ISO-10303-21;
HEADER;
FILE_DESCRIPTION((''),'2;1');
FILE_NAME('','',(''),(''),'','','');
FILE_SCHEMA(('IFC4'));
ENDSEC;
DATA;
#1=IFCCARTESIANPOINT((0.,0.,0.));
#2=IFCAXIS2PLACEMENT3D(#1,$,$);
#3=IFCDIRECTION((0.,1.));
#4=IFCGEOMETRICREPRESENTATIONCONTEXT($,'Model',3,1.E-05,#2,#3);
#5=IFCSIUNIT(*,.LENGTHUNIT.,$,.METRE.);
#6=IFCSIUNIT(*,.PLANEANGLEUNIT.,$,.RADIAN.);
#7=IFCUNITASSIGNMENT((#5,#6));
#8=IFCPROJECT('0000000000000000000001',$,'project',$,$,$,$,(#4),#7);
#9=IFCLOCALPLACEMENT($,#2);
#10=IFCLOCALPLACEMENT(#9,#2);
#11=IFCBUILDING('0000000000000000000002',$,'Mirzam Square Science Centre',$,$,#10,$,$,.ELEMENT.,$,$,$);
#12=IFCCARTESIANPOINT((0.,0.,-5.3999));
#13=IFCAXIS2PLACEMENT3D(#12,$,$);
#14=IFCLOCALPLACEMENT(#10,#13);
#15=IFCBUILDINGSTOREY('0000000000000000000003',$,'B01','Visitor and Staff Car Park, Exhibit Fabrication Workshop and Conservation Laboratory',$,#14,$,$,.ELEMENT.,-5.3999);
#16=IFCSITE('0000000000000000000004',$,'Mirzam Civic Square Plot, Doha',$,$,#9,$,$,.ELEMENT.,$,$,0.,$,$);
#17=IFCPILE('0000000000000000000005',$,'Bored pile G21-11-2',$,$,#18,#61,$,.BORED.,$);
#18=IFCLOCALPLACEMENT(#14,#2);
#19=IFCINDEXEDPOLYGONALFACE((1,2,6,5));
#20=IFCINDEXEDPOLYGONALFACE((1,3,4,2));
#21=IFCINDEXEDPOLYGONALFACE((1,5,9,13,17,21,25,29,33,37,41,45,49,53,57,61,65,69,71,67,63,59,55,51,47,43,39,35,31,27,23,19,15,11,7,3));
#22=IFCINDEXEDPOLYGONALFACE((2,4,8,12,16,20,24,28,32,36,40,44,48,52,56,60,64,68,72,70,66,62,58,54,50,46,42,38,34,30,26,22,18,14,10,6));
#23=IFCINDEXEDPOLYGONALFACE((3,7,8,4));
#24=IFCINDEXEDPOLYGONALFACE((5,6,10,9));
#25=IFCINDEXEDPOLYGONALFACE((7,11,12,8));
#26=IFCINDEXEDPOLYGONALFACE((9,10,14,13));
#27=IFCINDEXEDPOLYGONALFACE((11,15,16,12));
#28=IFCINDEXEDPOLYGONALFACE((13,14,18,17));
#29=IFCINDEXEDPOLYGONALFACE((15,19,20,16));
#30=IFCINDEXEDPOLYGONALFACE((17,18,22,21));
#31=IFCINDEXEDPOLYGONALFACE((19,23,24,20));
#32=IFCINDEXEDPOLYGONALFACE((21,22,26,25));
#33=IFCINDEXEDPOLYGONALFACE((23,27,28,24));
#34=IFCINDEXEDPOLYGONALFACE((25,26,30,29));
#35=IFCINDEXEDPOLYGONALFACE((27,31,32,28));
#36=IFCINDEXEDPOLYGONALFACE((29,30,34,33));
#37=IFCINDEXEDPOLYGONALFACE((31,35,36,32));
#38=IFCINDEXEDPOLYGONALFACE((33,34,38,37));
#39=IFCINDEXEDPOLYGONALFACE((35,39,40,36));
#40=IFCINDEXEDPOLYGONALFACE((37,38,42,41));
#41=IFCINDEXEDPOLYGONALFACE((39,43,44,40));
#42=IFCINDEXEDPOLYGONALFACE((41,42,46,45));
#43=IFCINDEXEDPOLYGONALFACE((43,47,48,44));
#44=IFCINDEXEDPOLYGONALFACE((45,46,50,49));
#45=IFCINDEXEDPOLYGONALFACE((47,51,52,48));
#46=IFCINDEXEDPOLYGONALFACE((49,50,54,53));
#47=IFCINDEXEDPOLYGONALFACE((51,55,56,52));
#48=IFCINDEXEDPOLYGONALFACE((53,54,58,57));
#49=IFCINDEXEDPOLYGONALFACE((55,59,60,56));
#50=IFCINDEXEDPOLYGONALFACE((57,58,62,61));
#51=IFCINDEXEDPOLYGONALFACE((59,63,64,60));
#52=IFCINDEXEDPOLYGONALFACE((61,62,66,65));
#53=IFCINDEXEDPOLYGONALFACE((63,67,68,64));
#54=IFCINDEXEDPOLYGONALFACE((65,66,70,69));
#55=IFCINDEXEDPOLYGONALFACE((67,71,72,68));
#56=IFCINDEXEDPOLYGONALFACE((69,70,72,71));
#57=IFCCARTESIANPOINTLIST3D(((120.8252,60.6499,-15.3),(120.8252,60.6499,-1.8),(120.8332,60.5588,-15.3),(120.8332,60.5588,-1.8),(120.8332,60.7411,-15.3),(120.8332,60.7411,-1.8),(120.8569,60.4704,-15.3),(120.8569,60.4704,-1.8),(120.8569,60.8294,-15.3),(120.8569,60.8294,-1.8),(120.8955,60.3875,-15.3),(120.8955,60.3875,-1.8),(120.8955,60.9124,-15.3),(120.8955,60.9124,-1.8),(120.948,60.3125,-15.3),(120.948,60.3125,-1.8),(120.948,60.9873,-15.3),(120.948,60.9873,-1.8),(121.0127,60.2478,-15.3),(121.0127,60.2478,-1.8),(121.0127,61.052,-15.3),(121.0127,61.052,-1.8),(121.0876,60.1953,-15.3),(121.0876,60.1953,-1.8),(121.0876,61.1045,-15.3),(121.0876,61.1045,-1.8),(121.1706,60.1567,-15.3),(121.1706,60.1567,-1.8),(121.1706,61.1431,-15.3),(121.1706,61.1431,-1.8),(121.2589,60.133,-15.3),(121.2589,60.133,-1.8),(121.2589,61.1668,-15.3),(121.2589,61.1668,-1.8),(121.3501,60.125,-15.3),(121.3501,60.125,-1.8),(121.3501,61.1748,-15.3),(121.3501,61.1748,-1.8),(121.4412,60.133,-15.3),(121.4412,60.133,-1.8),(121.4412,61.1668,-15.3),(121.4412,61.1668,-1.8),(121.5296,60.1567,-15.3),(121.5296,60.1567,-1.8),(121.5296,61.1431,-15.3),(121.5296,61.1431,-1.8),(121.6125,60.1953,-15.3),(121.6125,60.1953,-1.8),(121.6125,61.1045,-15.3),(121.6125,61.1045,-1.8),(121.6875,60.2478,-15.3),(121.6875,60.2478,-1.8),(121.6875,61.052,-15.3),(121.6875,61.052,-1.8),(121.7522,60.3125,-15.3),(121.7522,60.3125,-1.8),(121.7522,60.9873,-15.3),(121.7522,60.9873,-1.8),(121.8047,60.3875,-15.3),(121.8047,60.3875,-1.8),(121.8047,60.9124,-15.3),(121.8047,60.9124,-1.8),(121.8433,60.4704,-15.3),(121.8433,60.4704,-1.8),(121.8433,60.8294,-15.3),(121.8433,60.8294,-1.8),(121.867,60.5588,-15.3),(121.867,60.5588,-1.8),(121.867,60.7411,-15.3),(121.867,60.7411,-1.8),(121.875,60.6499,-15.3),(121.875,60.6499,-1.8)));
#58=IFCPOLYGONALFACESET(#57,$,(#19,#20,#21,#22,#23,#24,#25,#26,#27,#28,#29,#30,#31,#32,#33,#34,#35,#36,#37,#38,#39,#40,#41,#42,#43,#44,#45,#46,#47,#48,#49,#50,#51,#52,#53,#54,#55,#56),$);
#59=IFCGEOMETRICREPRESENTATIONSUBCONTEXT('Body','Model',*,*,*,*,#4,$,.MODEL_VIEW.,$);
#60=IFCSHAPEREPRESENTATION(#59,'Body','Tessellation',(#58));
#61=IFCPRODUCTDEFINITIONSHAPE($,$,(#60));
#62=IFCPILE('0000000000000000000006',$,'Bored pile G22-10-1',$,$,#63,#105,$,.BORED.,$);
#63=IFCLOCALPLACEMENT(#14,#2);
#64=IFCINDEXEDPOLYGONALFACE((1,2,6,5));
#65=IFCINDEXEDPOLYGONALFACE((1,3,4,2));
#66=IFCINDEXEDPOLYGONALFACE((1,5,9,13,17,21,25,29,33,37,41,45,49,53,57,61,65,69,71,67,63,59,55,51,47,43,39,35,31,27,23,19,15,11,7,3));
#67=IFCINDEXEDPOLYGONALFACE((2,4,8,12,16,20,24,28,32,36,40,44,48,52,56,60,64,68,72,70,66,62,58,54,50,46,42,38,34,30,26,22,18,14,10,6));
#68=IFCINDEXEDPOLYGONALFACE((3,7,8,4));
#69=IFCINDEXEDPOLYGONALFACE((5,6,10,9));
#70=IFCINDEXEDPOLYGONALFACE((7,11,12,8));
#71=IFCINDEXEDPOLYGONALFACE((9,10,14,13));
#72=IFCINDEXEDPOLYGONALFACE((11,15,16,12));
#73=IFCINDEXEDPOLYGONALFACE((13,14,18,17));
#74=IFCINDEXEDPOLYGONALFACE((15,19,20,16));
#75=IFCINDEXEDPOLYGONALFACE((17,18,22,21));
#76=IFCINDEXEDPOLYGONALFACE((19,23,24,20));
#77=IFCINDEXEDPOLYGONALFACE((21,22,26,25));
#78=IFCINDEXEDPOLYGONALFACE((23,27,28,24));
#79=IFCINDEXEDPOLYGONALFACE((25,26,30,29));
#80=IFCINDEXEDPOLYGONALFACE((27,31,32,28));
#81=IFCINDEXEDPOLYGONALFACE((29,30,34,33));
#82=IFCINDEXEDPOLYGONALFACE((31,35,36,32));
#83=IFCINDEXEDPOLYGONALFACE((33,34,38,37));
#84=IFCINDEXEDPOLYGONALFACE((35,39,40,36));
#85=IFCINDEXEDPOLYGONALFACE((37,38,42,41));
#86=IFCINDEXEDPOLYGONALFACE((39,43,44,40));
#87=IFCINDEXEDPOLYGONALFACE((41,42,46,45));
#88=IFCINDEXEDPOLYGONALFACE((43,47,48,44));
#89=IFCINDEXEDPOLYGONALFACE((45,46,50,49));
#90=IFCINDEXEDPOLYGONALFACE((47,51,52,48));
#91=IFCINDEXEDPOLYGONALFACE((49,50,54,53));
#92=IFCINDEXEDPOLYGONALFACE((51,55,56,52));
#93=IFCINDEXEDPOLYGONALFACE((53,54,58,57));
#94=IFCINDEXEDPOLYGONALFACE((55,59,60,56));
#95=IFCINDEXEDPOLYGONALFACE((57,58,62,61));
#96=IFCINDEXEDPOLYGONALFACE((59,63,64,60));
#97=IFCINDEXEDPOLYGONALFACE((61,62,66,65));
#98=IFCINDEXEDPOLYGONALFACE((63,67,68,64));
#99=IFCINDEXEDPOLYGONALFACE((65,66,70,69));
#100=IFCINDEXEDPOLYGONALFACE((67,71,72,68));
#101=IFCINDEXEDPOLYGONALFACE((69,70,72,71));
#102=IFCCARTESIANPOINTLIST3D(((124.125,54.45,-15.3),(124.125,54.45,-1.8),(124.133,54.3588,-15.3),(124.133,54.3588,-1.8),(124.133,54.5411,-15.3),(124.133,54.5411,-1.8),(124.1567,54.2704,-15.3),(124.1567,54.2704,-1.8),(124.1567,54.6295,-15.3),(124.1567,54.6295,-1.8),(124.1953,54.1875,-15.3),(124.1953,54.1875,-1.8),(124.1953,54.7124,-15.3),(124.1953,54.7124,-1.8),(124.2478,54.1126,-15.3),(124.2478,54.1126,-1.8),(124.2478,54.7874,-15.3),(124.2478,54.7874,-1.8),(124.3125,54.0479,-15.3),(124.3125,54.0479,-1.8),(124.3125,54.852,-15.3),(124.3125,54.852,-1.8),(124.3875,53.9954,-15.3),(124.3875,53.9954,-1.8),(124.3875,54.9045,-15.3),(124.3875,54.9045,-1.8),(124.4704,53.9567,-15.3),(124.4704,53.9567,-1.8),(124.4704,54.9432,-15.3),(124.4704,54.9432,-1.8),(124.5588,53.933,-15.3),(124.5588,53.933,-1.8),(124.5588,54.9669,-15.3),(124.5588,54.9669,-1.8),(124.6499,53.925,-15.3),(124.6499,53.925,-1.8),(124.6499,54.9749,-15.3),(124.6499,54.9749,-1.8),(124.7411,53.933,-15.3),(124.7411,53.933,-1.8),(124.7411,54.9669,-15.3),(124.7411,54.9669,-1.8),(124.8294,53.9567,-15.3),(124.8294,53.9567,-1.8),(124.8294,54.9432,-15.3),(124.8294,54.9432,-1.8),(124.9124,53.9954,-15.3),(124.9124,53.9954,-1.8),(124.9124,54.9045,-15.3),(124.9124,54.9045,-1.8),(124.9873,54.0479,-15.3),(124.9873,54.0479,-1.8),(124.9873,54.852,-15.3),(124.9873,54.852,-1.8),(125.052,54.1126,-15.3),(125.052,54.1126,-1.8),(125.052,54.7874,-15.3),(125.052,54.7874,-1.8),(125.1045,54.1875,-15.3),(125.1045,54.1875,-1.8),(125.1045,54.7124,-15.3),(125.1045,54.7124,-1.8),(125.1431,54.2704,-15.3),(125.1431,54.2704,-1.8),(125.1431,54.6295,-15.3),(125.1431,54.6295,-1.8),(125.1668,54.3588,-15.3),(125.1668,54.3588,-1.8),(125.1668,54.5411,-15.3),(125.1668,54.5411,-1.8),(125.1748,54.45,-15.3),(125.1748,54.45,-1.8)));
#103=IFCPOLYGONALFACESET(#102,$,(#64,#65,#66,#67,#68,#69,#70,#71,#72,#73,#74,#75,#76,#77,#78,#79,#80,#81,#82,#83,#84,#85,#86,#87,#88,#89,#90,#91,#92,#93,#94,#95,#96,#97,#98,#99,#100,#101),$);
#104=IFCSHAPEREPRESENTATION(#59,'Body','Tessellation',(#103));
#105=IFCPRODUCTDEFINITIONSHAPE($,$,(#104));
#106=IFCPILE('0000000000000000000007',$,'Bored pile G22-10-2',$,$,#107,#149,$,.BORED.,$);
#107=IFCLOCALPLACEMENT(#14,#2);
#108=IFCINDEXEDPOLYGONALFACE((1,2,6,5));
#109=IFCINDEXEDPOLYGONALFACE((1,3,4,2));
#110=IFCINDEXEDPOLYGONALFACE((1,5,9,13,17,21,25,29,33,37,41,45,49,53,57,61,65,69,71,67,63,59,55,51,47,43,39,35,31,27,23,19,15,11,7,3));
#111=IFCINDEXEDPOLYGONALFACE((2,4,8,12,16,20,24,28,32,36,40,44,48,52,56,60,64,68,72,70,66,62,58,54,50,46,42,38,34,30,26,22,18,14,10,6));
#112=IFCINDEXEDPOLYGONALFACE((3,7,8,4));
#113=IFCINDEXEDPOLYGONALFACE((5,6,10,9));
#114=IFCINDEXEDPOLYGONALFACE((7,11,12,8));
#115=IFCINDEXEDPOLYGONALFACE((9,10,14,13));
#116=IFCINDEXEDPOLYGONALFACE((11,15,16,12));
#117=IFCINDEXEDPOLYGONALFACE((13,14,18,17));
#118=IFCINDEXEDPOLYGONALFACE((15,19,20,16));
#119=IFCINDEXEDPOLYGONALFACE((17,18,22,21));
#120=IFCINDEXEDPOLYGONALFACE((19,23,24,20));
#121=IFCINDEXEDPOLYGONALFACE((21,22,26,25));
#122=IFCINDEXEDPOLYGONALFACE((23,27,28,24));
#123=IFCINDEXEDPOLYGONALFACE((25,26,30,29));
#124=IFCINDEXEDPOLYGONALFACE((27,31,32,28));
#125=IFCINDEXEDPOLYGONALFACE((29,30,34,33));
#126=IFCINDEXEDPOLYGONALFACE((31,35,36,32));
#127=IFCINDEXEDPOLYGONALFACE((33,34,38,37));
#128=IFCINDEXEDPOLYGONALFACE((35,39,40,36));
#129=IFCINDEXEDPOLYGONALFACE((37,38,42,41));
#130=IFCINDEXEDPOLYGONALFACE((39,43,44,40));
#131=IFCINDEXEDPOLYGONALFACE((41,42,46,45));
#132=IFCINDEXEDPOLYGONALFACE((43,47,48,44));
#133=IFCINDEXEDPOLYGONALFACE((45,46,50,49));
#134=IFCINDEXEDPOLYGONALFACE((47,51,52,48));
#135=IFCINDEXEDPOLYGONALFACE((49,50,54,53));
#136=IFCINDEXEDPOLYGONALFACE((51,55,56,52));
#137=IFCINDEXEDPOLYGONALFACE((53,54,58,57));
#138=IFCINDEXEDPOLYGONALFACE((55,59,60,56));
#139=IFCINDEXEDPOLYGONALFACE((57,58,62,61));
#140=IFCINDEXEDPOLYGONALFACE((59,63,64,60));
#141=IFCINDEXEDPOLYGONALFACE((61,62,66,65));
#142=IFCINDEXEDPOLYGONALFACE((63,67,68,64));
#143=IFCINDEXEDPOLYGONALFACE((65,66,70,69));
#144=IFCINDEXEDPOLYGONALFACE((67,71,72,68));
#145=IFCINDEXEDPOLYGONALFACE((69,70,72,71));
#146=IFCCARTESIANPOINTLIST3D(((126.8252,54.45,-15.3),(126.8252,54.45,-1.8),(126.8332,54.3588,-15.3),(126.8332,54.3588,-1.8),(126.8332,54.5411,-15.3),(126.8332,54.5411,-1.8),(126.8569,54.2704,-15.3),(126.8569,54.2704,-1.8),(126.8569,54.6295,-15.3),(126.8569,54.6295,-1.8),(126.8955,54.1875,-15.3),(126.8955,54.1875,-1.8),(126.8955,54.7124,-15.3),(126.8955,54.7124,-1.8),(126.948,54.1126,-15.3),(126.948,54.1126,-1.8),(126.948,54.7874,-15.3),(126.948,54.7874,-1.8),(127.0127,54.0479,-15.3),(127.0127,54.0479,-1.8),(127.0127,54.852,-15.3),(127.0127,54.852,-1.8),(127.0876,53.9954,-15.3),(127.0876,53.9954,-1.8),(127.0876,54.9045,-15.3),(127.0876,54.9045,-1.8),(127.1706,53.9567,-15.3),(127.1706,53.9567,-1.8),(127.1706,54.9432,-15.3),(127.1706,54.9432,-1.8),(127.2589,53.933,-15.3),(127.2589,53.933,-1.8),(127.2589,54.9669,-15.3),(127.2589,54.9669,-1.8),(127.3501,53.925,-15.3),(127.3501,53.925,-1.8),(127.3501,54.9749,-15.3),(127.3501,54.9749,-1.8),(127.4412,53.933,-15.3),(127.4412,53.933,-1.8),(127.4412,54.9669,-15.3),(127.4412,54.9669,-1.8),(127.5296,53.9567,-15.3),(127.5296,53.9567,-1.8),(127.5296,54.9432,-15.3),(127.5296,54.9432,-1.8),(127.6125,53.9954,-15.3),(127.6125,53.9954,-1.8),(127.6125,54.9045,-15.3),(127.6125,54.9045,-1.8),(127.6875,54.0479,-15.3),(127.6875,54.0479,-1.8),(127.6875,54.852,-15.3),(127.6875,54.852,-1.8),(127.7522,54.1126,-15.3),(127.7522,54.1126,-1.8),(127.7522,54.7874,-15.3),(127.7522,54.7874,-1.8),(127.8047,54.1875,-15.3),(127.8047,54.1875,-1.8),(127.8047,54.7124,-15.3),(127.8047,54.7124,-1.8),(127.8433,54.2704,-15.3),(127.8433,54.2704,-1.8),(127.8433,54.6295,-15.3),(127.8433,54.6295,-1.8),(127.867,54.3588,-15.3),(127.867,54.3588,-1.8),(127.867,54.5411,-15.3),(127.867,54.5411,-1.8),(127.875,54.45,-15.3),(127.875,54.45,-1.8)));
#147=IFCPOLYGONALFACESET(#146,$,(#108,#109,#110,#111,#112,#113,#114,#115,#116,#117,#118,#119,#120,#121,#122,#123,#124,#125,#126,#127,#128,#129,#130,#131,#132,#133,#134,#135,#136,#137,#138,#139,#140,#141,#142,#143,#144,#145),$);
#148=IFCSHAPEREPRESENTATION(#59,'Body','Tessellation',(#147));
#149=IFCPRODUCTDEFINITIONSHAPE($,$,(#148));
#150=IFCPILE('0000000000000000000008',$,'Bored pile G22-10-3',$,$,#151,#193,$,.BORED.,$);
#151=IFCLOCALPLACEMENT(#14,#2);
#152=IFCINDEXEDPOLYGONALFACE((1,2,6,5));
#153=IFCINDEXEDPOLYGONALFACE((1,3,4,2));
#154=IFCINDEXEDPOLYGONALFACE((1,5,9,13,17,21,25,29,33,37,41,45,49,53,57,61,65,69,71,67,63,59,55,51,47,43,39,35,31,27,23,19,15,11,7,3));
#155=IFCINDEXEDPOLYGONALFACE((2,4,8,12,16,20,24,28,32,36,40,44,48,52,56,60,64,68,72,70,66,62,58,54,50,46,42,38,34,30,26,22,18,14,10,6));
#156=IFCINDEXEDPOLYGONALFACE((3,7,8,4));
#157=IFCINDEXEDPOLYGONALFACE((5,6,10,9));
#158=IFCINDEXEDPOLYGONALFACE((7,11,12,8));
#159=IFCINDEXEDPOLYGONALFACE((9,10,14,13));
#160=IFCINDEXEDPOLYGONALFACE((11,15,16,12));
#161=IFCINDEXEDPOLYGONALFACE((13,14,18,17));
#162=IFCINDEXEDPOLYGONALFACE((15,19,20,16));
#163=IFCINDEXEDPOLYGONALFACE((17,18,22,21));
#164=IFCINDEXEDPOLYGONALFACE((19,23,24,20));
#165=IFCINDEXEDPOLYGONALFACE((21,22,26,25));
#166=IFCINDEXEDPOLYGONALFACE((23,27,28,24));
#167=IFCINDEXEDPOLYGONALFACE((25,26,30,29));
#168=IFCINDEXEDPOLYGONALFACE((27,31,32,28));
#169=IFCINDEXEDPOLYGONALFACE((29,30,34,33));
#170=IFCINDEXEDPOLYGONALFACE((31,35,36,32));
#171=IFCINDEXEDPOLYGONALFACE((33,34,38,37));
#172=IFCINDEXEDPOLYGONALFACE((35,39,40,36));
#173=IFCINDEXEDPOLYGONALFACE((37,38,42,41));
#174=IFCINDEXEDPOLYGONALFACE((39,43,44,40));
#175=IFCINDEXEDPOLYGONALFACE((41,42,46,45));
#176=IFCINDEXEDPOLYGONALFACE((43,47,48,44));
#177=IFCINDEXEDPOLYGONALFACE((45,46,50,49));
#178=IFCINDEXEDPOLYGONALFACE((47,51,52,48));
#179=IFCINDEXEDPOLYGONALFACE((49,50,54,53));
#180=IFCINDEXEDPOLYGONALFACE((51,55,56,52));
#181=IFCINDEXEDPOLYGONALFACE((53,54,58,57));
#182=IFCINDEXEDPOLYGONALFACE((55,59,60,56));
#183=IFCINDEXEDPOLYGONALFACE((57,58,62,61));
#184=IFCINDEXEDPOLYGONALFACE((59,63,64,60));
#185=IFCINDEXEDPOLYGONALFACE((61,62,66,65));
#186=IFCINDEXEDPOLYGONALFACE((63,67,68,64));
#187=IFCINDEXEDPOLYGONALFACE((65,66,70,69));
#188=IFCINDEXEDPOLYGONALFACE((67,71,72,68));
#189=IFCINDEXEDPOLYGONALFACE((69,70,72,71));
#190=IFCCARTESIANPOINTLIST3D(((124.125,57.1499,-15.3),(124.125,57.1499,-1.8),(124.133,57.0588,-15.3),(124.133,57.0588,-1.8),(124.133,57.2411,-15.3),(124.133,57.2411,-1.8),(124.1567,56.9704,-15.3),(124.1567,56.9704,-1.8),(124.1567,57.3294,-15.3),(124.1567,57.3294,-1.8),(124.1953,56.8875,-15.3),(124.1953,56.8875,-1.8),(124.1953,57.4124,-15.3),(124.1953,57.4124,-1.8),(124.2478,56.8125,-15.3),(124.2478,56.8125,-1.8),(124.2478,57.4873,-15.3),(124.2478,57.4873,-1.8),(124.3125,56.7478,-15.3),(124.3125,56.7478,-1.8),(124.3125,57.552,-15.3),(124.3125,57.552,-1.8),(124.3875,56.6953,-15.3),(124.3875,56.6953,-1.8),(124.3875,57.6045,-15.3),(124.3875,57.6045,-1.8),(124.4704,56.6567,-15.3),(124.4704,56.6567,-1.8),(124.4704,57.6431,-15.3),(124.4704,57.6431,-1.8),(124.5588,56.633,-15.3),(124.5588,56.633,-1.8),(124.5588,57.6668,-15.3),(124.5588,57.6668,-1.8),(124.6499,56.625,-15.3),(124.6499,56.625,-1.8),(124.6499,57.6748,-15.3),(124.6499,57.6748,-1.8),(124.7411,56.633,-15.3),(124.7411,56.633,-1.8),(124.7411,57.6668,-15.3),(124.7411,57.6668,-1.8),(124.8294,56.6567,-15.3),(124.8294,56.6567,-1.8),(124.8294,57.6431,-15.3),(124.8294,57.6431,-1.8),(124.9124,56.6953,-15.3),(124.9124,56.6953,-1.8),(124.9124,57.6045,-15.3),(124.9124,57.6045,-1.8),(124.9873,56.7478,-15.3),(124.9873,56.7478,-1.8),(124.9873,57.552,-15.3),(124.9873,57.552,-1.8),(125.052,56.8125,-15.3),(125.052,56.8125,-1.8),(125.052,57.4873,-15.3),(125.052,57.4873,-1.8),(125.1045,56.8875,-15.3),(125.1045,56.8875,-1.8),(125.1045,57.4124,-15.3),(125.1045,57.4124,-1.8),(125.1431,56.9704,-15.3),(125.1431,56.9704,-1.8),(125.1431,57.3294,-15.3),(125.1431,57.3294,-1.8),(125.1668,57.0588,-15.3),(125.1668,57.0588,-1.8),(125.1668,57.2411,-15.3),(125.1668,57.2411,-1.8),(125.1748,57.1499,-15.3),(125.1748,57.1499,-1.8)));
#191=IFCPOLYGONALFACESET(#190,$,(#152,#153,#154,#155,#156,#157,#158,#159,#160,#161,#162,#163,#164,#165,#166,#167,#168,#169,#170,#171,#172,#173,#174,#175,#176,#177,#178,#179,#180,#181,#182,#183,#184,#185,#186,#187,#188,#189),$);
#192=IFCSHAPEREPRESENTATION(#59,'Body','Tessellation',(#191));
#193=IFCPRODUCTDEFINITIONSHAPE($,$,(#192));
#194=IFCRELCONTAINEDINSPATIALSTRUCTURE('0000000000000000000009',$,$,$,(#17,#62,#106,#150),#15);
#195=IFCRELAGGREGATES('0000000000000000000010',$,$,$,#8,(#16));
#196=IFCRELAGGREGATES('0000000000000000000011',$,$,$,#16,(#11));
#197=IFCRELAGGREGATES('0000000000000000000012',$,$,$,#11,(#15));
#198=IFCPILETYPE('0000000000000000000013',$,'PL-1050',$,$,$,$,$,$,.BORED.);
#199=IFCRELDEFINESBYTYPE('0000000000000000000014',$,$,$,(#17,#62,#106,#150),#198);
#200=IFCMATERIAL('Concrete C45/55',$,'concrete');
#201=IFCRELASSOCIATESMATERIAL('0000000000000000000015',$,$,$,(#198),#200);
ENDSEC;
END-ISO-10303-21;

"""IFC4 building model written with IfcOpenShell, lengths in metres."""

from ifc_helpers import new_model, si_unit, direction, frame, origin, origin_2d, place, context, subcontext, project, spatial, circle, extrude, material, material_profile, profile_set, type_object, element, save


model = new_model("IFC4")

# Units and contexts
model_context = context("Model", 3, precision=1e-05, world=origin(), true_north=direction((0.0, 1.0)))
body_context = subcontext(model_context, "Body", "Model", "MODEL_VIEW")
ifc_project = project(units=[si_unit("LENGTHUNIT", "METRE"), si_unit("PLANEANGLEUNIT", "RADIAN")], contexts=[model_context])

# Site, building, storey
site_placement = place(None, origin())
site = spatial("IfcSite", under=ifc_project, at=site_placement, Name="Mirzam Civic Square Plot, Doha", CompositionType="ELEMENT", RefElevation=0.0)
building_placement = place(site_placement, origin())
building = spatial("IfcBuilding", under=site, at=building_placement, Name="Mirzam Square Science Centre", CompositionType="ELEMENT")
storey_placement = place(building_placement, frame((0.0, 0.0, -5.3999)))
storey = spatial("IfcBuildingStorey", under=building, at=storey_placement, Name="B01", Description="Visitor and Staff Car Park, Exhibit Fabrication Workshop and Conservation Laboratory", CompositionType="ELEMENT", Elevation=-5.3999)

# Shared definitions
ifc_material_1 = material(Name="Concrete C45/55", Category="concrete")

# Piles
ifc_material_profile_1 = material_profile(ifc_material_1, circle(Radius=0.5249, at=origin_2d()), Name="PILE-D1050")
ifc_profile_set_1 = profile_set([ifc_material_profile_1], Name="Concrete C45/55")
pile_type_1 = type_object("IfcPileType", Name="PL-1050", PredefinedType="BORED", material=ifc_profile_set_1)
for number, where, z_axis, x_axis, name in (
    (1, (121.3501, 60.6499, -1.8), (0.0, 0.0, -1.0), (1.0, 0.0, 0.0), "Bored pile G21-11-2"),
    (2, (124.6499, 54.45, -1.8), (0.0, 0.0, -1.0), (1.0, 0.0, 0.0), "Bored pile G22-10-1"),
    (3, (127.3501, 54.45, -1.8), (0.0, 0.0, -1.0), (1.0, 0.0, 0.0), "Bored pile G22-10-2"),
    (4, (124.6499, 57.1499, -1.8), (0.0, 0.0, -1.0), (1.0, 0.0, 0.0), "Bored pile G22-10-3"),
):
    element("IfcPile", number, at=place(storey_placement, frame(where, z_axis=z_axis, x_axis=x_axis)), inside=storey, type_object=pile_type_1, Name=name, PredefinedType="BORED", context=body_context, shape_type="SweptSolid", body=[
        extrude(circle(Radius=0.5249, at=origin_2d()), origin(), (0.0, 0.0, 1.0), 13.5),
    ])

save(model, "model.ifc")
